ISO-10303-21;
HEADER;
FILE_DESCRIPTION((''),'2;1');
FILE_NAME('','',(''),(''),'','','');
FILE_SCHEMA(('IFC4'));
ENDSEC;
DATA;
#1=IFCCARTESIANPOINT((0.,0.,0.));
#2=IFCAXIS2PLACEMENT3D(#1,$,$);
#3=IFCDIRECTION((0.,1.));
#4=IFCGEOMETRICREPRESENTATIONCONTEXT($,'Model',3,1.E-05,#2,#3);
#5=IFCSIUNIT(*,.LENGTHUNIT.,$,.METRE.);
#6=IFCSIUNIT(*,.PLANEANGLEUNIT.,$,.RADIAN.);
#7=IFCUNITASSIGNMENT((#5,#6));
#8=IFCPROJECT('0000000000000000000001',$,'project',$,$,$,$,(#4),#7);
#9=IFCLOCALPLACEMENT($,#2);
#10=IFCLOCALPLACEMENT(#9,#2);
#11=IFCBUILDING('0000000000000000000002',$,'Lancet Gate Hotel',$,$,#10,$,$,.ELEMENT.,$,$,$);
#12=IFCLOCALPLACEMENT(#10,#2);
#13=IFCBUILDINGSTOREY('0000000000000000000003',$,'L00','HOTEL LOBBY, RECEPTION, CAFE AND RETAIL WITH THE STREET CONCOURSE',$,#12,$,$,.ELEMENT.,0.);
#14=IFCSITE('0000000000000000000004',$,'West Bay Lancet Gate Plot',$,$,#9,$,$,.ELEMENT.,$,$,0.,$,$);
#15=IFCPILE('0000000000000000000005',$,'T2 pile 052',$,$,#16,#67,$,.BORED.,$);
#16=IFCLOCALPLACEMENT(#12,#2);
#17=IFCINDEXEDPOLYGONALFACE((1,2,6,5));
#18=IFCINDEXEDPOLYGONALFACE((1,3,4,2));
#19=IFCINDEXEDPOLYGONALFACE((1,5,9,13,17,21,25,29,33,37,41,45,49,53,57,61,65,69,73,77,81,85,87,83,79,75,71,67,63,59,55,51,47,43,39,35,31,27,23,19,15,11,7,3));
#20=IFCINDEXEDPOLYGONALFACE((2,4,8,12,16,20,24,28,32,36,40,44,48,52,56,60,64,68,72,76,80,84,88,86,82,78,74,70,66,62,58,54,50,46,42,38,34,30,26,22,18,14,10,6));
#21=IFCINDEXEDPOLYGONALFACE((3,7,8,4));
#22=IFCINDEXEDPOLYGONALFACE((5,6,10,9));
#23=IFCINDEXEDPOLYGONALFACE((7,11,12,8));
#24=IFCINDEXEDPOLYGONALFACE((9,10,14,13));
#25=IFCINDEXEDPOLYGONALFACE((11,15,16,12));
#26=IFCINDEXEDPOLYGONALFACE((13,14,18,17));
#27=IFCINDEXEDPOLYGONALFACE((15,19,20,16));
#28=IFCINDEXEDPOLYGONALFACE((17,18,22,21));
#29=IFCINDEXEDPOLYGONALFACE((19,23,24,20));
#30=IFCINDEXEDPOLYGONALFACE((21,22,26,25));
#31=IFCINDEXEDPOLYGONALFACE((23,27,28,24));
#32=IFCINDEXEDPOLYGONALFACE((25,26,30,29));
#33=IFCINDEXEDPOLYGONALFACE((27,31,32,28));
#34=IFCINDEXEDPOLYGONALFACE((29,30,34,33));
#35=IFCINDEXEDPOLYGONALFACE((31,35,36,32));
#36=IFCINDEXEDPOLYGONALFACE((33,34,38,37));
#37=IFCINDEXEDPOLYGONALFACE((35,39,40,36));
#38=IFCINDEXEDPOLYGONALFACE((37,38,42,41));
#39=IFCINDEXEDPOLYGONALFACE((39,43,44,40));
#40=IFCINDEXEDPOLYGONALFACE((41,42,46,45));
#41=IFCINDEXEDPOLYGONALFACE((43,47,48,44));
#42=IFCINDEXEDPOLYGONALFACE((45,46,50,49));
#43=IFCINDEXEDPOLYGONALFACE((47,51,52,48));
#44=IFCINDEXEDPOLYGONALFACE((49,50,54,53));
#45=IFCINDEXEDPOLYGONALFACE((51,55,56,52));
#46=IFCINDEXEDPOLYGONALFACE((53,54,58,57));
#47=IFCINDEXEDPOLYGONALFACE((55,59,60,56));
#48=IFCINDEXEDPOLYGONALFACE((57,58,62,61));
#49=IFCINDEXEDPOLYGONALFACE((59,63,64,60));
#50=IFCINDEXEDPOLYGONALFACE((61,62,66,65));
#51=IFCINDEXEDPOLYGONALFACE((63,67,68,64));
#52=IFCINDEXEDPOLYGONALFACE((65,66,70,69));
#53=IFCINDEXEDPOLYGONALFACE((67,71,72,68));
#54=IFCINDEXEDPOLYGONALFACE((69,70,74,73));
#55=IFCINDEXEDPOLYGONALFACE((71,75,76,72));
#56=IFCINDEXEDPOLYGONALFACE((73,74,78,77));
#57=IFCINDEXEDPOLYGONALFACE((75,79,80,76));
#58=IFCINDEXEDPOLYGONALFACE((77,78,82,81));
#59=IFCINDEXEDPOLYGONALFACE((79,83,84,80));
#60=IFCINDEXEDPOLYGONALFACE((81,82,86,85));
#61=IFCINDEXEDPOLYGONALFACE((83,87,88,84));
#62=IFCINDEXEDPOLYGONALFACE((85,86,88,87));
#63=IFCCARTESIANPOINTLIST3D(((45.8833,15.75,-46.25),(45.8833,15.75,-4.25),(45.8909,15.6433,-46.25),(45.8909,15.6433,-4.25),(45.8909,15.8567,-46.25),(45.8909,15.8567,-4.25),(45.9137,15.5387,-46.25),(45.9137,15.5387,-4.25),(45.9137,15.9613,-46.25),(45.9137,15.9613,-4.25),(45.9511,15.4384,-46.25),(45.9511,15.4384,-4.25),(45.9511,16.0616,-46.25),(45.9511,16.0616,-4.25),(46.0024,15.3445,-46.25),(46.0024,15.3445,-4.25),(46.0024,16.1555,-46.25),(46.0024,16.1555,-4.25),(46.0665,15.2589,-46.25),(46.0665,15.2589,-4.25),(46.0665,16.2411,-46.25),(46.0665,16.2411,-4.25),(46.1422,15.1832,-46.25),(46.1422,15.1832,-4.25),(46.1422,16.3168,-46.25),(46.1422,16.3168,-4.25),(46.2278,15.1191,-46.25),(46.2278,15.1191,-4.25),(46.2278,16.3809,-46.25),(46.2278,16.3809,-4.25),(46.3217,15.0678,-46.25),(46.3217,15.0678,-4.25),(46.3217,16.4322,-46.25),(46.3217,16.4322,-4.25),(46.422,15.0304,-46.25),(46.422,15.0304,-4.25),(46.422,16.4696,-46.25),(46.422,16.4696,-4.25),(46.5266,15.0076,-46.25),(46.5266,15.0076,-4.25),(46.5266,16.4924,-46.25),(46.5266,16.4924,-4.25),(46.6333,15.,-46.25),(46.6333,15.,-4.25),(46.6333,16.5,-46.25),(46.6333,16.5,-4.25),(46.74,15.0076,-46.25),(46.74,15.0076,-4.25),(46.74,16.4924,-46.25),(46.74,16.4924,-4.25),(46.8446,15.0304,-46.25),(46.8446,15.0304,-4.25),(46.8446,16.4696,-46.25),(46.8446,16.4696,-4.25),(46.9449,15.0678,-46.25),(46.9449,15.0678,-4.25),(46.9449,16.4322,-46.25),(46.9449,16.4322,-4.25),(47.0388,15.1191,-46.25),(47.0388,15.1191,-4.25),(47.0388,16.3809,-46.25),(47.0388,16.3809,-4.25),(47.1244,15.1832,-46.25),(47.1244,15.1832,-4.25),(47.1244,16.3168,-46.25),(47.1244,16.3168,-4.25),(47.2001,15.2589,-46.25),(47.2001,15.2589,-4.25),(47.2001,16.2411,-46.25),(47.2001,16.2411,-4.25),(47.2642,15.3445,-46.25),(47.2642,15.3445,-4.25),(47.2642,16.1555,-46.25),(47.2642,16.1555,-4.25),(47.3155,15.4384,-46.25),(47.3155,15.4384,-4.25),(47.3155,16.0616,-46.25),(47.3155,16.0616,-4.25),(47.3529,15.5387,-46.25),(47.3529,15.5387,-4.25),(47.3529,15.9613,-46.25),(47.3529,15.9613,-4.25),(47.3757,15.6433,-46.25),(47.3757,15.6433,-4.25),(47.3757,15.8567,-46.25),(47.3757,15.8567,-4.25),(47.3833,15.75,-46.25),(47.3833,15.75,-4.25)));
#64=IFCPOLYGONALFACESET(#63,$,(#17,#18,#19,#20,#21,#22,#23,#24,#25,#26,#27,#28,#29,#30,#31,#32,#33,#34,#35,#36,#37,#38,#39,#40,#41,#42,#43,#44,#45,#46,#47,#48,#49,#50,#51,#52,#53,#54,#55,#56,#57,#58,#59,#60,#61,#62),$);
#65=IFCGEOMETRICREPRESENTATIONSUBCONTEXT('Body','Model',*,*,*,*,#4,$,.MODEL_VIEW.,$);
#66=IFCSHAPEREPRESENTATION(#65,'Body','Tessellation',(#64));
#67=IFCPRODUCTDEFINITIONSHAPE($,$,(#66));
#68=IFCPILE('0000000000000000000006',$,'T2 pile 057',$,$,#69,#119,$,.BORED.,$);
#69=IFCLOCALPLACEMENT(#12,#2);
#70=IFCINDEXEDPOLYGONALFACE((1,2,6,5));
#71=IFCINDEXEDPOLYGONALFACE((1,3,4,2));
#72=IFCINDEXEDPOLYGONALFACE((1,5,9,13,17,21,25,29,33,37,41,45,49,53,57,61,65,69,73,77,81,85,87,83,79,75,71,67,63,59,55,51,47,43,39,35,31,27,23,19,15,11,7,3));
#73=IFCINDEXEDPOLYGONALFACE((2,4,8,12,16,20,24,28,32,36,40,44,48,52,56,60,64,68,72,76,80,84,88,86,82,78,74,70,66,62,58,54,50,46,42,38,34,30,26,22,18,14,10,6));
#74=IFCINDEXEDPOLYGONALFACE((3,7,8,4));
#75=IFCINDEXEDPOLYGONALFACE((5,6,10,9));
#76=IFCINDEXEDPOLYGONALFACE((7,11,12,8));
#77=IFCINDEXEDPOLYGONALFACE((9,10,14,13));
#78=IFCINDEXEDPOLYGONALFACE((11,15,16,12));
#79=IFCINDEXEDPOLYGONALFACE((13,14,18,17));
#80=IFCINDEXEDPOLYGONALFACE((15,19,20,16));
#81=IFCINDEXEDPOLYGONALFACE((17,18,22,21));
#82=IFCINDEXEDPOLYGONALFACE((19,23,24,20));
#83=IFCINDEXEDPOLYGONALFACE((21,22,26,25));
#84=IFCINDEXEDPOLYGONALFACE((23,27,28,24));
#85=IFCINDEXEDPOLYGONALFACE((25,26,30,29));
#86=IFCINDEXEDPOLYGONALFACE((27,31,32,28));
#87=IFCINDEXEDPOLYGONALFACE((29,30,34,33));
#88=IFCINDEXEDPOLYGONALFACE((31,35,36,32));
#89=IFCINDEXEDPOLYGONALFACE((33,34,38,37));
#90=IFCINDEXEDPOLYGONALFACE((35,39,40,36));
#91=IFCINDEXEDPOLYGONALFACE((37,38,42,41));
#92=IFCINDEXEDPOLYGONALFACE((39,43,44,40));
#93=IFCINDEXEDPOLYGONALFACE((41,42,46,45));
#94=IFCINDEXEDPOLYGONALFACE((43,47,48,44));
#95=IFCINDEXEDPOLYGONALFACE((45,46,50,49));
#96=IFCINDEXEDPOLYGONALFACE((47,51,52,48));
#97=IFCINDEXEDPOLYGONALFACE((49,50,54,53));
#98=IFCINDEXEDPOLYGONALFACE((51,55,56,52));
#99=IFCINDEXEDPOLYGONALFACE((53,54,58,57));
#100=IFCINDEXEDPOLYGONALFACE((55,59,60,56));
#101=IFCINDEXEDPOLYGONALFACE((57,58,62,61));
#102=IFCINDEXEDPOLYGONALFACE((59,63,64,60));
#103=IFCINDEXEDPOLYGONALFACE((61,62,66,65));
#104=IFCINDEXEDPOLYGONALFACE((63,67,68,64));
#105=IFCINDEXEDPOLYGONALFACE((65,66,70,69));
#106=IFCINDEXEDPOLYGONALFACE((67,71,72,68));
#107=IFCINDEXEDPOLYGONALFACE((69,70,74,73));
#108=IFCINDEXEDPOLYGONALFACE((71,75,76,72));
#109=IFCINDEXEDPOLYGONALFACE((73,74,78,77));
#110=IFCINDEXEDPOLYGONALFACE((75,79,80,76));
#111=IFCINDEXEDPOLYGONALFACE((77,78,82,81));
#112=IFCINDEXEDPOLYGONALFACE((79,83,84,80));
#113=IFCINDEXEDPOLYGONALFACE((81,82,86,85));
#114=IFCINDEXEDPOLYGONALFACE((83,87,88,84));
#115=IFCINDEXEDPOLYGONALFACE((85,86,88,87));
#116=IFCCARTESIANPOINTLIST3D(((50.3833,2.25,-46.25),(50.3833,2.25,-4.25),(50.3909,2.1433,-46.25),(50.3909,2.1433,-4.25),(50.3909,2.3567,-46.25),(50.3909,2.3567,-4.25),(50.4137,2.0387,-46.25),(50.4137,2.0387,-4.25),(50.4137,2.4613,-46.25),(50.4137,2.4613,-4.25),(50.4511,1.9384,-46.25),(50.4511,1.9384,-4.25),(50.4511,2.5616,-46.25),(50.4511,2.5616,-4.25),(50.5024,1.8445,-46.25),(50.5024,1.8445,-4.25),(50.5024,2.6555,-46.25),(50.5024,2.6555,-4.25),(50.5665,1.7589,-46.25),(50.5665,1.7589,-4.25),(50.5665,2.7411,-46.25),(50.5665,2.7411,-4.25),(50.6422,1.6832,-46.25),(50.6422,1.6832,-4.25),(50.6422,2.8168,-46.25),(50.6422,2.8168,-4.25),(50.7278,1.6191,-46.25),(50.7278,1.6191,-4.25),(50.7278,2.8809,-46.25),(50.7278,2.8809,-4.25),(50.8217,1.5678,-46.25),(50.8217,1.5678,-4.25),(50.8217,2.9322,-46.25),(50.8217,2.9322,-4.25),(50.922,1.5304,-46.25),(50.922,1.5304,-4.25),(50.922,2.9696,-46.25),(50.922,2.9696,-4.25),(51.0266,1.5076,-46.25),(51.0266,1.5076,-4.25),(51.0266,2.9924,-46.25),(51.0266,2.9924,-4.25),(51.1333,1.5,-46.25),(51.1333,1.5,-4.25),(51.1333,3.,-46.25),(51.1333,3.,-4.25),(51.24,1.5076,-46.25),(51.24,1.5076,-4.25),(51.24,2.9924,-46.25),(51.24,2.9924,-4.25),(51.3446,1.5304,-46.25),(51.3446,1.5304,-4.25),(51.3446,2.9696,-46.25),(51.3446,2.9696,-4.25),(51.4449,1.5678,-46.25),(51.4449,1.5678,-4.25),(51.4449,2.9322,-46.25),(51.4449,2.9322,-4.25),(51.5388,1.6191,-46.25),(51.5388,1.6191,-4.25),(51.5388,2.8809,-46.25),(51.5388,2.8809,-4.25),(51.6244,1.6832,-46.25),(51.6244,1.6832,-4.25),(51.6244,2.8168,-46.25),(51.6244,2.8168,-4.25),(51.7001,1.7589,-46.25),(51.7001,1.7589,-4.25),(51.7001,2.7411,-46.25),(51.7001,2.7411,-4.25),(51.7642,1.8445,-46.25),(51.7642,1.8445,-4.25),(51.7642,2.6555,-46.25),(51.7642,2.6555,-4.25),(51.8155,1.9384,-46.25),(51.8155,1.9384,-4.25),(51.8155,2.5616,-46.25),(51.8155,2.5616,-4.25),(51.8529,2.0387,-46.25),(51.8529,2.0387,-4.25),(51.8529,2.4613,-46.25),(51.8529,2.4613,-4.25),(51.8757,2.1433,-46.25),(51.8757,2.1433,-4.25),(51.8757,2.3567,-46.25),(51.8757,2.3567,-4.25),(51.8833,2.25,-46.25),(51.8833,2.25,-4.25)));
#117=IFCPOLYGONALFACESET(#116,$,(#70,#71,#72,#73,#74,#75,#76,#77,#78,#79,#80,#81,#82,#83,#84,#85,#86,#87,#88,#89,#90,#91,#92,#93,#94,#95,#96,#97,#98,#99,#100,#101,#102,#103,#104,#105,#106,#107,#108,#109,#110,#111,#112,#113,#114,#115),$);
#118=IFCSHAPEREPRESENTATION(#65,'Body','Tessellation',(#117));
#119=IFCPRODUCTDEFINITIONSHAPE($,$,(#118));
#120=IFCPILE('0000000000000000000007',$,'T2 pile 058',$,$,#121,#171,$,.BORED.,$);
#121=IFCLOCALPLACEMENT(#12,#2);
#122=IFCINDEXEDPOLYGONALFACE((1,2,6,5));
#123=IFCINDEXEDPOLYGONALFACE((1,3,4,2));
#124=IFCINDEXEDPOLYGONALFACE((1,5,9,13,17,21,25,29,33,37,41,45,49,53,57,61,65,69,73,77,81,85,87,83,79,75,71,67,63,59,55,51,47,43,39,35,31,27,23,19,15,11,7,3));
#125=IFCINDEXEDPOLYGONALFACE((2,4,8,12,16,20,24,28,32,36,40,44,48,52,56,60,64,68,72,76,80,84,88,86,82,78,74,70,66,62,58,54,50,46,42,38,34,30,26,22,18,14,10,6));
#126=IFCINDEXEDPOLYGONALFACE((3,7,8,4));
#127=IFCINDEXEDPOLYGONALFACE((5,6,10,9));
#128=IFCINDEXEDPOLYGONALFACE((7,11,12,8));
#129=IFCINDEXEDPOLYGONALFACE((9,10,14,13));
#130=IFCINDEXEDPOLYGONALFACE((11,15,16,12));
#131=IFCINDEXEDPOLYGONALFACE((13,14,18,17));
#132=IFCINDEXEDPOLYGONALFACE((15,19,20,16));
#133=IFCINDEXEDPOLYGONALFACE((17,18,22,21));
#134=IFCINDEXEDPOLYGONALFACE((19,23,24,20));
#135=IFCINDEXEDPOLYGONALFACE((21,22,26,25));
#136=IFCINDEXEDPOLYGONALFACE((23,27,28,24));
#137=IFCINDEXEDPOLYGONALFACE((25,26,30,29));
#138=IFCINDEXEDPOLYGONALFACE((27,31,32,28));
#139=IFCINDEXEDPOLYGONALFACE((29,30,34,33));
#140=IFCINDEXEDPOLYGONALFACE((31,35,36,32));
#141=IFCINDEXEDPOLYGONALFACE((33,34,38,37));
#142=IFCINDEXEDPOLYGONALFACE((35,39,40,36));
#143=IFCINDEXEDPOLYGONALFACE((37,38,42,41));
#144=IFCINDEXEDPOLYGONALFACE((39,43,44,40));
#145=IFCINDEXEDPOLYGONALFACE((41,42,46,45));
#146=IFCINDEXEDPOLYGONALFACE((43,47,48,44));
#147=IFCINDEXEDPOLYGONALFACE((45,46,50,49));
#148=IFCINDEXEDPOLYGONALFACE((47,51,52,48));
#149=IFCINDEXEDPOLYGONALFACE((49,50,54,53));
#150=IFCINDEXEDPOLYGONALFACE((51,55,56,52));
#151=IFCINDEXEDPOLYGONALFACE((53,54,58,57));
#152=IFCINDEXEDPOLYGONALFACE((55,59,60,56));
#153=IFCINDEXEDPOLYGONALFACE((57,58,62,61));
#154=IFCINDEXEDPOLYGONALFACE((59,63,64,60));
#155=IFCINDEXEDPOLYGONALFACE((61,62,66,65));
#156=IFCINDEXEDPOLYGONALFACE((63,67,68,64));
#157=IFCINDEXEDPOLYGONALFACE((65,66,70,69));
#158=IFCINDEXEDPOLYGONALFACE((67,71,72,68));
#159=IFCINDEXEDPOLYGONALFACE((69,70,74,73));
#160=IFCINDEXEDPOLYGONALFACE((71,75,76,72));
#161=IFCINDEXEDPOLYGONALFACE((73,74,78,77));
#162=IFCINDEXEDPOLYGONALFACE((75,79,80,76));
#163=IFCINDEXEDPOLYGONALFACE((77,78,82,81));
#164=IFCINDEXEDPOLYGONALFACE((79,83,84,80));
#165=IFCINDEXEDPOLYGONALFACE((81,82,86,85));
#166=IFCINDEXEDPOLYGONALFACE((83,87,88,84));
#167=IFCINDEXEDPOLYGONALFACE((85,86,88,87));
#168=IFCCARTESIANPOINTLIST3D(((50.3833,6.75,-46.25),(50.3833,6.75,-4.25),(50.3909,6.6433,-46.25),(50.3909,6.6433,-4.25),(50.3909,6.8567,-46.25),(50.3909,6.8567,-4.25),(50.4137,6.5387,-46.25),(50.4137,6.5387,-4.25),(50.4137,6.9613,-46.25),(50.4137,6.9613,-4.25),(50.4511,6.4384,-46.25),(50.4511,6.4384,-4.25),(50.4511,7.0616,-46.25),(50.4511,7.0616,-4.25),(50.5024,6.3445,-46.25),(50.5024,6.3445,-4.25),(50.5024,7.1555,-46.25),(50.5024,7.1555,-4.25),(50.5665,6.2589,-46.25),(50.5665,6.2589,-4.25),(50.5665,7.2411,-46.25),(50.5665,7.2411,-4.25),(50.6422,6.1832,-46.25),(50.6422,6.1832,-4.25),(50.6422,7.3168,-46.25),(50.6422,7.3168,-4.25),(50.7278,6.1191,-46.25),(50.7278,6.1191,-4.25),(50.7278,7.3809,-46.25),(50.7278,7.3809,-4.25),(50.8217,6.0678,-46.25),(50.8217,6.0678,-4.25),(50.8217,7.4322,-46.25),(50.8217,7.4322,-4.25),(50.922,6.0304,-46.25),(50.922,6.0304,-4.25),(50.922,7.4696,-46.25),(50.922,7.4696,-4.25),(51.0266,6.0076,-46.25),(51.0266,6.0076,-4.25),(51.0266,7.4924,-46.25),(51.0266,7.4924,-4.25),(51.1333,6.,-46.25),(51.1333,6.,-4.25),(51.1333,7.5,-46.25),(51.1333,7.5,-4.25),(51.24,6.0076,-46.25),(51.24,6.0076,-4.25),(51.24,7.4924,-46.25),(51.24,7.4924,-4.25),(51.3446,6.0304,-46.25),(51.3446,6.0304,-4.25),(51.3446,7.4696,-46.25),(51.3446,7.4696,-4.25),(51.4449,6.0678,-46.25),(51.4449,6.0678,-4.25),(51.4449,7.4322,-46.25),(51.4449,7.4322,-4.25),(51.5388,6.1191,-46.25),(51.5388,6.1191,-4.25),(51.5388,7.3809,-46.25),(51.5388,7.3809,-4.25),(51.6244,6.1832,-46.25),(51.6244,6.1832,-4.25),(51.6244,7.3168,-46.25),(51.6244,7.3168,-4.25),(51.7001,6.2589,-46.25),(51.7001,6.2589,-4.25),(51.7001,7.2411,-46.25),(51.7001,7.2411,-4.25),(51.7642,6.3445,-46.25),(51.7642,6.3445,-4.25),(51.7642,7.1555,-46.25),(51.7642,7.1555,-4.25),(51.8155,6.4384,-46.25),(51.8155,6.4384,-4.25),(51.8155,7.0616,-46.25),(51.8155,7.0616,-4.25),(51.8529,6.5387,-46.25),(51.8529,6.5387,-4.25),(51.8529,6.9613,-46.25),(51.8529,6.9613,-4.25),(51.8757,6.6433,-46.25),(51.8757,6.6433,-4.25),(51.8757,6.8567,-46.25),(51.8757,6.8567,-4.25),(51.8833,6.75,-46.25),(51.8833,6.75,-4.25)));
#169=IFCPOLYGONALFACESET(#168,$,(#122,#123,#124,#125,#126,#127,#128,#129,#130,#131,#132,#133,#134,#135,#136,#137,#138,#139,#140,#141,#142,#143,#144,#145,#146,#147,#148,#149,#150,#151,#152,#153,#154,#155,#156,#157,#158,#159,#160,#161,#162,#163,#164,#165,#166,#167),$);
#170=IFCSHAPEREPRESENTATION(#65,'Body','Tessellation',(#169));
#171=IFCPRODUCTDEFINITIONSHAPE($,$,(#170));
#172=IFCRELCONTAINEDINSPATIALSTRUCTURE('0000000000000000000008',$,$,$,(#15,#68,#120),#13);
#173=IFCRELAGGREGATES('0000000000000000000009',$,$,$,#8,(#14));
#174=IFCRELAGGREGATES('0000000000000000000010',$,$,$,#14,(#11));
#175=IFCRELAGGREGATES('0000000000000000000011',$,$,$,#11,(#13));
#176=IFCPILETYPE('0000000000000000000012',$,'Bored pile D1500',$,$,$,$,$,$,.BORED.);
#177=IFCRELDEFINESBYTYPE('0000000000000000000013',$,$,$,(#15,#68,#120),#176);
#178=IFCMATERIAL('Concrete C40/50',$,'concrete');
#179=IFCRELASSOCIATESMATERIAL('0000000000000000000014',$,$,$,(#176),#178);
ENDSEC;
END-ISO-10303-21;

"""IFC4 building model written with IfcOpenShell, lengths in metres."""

from ifc_helpers import new_model, si_unit, direction, frame, origin, origin_2d, place, context, subcontext, project, spatial, circle, extrude, material, material_profile, profile_set, type_object, element, save


model = new_model("IFC4")

# Units and contexts
model_context = context("Model", 3, precision=1e-05, world=origin(), true_north=direction((0.0, 1.0)))
body_context = subcontext(model_context, "Body", "Model", "MODEL_VIEW")
ifc_project = project(units=[si_unit("LENGTHUNIT", "METRE"), si_unit("PLANEANGLEUNIT", "RADIAN")], contexts=[model_context])

# Site, building, storey
site_placement = place(None, origin())
site = spatial("IfcSite", under=ifc_project, at=site_placement, Name="West Bay Lancet Gate Plot", CompositionType="ELEMENT", RefElevation=0.0)
building_placement = place(site_placement, origin())
building = spatial("IfcBuilding", under=site, at=building_placement, Name="Lancet Gate Hotel", CompositionType="ELEMENT")
storey_placement = place(building_placement, origin())
storey = spatial("IfcBuildingStorey", under=building, at=storey_placement, Name="L00", Description="HOTEL LOBBY, RECEPTION, CAFE AND RETAIL WITH THE STREET CONCOURSE", CompositionType="ELEMENT", Elevation=0.0)

# Piles
ifc_material_1 = material(Name="Concrete C40/50", Category="concrete")
ifc_material_profile_1 = material_profile(ifc_material_1, circle(Radius=0.75, at=origin_2d()), Name="PILE D1500")
ifc_profile_set_1 = profile_set([ifc_material_profile_1], Name="Concrete C40/50")
pile_type = type_object("IfcPileType", Name="Bored pile D1500", PredefinedType="BORED", material=ifc_profile_set_1)
for number, where, z_axis, x_axis, name in (
    (1, (46.6333, 15.75, -4.25), (0.0, 0.0, -1.0), (1.0, 0.0, 0.0), "T2 pile 052"),
    (2, (51.1333, 2.25, -4.25), (0.0, 0.0, -1.0), (1.0, 0.0, 0.0), "T2 pile 057"),
    (3, (51.1333, 6.75, -4.25), (0.0, 0.0, -1.0), (1.0, 0.0, 0.0), "T2 pile 058"),
):
    element("IfcPile", number, at=place(storey_placement, frame(where, z_axis=z_axis, x_axis=x_axis)), inside=storey, type_object=pile_type, Name=name, PredefinedType="BORED", context=body_context, shape_type="SweptSolid", body=[
        extrude(circle(Radius=0.75, at=origin_2d()), origin(), (0.0, 0.0, 1.0), 42.0),
    ])

save(model, "model.ifc")
